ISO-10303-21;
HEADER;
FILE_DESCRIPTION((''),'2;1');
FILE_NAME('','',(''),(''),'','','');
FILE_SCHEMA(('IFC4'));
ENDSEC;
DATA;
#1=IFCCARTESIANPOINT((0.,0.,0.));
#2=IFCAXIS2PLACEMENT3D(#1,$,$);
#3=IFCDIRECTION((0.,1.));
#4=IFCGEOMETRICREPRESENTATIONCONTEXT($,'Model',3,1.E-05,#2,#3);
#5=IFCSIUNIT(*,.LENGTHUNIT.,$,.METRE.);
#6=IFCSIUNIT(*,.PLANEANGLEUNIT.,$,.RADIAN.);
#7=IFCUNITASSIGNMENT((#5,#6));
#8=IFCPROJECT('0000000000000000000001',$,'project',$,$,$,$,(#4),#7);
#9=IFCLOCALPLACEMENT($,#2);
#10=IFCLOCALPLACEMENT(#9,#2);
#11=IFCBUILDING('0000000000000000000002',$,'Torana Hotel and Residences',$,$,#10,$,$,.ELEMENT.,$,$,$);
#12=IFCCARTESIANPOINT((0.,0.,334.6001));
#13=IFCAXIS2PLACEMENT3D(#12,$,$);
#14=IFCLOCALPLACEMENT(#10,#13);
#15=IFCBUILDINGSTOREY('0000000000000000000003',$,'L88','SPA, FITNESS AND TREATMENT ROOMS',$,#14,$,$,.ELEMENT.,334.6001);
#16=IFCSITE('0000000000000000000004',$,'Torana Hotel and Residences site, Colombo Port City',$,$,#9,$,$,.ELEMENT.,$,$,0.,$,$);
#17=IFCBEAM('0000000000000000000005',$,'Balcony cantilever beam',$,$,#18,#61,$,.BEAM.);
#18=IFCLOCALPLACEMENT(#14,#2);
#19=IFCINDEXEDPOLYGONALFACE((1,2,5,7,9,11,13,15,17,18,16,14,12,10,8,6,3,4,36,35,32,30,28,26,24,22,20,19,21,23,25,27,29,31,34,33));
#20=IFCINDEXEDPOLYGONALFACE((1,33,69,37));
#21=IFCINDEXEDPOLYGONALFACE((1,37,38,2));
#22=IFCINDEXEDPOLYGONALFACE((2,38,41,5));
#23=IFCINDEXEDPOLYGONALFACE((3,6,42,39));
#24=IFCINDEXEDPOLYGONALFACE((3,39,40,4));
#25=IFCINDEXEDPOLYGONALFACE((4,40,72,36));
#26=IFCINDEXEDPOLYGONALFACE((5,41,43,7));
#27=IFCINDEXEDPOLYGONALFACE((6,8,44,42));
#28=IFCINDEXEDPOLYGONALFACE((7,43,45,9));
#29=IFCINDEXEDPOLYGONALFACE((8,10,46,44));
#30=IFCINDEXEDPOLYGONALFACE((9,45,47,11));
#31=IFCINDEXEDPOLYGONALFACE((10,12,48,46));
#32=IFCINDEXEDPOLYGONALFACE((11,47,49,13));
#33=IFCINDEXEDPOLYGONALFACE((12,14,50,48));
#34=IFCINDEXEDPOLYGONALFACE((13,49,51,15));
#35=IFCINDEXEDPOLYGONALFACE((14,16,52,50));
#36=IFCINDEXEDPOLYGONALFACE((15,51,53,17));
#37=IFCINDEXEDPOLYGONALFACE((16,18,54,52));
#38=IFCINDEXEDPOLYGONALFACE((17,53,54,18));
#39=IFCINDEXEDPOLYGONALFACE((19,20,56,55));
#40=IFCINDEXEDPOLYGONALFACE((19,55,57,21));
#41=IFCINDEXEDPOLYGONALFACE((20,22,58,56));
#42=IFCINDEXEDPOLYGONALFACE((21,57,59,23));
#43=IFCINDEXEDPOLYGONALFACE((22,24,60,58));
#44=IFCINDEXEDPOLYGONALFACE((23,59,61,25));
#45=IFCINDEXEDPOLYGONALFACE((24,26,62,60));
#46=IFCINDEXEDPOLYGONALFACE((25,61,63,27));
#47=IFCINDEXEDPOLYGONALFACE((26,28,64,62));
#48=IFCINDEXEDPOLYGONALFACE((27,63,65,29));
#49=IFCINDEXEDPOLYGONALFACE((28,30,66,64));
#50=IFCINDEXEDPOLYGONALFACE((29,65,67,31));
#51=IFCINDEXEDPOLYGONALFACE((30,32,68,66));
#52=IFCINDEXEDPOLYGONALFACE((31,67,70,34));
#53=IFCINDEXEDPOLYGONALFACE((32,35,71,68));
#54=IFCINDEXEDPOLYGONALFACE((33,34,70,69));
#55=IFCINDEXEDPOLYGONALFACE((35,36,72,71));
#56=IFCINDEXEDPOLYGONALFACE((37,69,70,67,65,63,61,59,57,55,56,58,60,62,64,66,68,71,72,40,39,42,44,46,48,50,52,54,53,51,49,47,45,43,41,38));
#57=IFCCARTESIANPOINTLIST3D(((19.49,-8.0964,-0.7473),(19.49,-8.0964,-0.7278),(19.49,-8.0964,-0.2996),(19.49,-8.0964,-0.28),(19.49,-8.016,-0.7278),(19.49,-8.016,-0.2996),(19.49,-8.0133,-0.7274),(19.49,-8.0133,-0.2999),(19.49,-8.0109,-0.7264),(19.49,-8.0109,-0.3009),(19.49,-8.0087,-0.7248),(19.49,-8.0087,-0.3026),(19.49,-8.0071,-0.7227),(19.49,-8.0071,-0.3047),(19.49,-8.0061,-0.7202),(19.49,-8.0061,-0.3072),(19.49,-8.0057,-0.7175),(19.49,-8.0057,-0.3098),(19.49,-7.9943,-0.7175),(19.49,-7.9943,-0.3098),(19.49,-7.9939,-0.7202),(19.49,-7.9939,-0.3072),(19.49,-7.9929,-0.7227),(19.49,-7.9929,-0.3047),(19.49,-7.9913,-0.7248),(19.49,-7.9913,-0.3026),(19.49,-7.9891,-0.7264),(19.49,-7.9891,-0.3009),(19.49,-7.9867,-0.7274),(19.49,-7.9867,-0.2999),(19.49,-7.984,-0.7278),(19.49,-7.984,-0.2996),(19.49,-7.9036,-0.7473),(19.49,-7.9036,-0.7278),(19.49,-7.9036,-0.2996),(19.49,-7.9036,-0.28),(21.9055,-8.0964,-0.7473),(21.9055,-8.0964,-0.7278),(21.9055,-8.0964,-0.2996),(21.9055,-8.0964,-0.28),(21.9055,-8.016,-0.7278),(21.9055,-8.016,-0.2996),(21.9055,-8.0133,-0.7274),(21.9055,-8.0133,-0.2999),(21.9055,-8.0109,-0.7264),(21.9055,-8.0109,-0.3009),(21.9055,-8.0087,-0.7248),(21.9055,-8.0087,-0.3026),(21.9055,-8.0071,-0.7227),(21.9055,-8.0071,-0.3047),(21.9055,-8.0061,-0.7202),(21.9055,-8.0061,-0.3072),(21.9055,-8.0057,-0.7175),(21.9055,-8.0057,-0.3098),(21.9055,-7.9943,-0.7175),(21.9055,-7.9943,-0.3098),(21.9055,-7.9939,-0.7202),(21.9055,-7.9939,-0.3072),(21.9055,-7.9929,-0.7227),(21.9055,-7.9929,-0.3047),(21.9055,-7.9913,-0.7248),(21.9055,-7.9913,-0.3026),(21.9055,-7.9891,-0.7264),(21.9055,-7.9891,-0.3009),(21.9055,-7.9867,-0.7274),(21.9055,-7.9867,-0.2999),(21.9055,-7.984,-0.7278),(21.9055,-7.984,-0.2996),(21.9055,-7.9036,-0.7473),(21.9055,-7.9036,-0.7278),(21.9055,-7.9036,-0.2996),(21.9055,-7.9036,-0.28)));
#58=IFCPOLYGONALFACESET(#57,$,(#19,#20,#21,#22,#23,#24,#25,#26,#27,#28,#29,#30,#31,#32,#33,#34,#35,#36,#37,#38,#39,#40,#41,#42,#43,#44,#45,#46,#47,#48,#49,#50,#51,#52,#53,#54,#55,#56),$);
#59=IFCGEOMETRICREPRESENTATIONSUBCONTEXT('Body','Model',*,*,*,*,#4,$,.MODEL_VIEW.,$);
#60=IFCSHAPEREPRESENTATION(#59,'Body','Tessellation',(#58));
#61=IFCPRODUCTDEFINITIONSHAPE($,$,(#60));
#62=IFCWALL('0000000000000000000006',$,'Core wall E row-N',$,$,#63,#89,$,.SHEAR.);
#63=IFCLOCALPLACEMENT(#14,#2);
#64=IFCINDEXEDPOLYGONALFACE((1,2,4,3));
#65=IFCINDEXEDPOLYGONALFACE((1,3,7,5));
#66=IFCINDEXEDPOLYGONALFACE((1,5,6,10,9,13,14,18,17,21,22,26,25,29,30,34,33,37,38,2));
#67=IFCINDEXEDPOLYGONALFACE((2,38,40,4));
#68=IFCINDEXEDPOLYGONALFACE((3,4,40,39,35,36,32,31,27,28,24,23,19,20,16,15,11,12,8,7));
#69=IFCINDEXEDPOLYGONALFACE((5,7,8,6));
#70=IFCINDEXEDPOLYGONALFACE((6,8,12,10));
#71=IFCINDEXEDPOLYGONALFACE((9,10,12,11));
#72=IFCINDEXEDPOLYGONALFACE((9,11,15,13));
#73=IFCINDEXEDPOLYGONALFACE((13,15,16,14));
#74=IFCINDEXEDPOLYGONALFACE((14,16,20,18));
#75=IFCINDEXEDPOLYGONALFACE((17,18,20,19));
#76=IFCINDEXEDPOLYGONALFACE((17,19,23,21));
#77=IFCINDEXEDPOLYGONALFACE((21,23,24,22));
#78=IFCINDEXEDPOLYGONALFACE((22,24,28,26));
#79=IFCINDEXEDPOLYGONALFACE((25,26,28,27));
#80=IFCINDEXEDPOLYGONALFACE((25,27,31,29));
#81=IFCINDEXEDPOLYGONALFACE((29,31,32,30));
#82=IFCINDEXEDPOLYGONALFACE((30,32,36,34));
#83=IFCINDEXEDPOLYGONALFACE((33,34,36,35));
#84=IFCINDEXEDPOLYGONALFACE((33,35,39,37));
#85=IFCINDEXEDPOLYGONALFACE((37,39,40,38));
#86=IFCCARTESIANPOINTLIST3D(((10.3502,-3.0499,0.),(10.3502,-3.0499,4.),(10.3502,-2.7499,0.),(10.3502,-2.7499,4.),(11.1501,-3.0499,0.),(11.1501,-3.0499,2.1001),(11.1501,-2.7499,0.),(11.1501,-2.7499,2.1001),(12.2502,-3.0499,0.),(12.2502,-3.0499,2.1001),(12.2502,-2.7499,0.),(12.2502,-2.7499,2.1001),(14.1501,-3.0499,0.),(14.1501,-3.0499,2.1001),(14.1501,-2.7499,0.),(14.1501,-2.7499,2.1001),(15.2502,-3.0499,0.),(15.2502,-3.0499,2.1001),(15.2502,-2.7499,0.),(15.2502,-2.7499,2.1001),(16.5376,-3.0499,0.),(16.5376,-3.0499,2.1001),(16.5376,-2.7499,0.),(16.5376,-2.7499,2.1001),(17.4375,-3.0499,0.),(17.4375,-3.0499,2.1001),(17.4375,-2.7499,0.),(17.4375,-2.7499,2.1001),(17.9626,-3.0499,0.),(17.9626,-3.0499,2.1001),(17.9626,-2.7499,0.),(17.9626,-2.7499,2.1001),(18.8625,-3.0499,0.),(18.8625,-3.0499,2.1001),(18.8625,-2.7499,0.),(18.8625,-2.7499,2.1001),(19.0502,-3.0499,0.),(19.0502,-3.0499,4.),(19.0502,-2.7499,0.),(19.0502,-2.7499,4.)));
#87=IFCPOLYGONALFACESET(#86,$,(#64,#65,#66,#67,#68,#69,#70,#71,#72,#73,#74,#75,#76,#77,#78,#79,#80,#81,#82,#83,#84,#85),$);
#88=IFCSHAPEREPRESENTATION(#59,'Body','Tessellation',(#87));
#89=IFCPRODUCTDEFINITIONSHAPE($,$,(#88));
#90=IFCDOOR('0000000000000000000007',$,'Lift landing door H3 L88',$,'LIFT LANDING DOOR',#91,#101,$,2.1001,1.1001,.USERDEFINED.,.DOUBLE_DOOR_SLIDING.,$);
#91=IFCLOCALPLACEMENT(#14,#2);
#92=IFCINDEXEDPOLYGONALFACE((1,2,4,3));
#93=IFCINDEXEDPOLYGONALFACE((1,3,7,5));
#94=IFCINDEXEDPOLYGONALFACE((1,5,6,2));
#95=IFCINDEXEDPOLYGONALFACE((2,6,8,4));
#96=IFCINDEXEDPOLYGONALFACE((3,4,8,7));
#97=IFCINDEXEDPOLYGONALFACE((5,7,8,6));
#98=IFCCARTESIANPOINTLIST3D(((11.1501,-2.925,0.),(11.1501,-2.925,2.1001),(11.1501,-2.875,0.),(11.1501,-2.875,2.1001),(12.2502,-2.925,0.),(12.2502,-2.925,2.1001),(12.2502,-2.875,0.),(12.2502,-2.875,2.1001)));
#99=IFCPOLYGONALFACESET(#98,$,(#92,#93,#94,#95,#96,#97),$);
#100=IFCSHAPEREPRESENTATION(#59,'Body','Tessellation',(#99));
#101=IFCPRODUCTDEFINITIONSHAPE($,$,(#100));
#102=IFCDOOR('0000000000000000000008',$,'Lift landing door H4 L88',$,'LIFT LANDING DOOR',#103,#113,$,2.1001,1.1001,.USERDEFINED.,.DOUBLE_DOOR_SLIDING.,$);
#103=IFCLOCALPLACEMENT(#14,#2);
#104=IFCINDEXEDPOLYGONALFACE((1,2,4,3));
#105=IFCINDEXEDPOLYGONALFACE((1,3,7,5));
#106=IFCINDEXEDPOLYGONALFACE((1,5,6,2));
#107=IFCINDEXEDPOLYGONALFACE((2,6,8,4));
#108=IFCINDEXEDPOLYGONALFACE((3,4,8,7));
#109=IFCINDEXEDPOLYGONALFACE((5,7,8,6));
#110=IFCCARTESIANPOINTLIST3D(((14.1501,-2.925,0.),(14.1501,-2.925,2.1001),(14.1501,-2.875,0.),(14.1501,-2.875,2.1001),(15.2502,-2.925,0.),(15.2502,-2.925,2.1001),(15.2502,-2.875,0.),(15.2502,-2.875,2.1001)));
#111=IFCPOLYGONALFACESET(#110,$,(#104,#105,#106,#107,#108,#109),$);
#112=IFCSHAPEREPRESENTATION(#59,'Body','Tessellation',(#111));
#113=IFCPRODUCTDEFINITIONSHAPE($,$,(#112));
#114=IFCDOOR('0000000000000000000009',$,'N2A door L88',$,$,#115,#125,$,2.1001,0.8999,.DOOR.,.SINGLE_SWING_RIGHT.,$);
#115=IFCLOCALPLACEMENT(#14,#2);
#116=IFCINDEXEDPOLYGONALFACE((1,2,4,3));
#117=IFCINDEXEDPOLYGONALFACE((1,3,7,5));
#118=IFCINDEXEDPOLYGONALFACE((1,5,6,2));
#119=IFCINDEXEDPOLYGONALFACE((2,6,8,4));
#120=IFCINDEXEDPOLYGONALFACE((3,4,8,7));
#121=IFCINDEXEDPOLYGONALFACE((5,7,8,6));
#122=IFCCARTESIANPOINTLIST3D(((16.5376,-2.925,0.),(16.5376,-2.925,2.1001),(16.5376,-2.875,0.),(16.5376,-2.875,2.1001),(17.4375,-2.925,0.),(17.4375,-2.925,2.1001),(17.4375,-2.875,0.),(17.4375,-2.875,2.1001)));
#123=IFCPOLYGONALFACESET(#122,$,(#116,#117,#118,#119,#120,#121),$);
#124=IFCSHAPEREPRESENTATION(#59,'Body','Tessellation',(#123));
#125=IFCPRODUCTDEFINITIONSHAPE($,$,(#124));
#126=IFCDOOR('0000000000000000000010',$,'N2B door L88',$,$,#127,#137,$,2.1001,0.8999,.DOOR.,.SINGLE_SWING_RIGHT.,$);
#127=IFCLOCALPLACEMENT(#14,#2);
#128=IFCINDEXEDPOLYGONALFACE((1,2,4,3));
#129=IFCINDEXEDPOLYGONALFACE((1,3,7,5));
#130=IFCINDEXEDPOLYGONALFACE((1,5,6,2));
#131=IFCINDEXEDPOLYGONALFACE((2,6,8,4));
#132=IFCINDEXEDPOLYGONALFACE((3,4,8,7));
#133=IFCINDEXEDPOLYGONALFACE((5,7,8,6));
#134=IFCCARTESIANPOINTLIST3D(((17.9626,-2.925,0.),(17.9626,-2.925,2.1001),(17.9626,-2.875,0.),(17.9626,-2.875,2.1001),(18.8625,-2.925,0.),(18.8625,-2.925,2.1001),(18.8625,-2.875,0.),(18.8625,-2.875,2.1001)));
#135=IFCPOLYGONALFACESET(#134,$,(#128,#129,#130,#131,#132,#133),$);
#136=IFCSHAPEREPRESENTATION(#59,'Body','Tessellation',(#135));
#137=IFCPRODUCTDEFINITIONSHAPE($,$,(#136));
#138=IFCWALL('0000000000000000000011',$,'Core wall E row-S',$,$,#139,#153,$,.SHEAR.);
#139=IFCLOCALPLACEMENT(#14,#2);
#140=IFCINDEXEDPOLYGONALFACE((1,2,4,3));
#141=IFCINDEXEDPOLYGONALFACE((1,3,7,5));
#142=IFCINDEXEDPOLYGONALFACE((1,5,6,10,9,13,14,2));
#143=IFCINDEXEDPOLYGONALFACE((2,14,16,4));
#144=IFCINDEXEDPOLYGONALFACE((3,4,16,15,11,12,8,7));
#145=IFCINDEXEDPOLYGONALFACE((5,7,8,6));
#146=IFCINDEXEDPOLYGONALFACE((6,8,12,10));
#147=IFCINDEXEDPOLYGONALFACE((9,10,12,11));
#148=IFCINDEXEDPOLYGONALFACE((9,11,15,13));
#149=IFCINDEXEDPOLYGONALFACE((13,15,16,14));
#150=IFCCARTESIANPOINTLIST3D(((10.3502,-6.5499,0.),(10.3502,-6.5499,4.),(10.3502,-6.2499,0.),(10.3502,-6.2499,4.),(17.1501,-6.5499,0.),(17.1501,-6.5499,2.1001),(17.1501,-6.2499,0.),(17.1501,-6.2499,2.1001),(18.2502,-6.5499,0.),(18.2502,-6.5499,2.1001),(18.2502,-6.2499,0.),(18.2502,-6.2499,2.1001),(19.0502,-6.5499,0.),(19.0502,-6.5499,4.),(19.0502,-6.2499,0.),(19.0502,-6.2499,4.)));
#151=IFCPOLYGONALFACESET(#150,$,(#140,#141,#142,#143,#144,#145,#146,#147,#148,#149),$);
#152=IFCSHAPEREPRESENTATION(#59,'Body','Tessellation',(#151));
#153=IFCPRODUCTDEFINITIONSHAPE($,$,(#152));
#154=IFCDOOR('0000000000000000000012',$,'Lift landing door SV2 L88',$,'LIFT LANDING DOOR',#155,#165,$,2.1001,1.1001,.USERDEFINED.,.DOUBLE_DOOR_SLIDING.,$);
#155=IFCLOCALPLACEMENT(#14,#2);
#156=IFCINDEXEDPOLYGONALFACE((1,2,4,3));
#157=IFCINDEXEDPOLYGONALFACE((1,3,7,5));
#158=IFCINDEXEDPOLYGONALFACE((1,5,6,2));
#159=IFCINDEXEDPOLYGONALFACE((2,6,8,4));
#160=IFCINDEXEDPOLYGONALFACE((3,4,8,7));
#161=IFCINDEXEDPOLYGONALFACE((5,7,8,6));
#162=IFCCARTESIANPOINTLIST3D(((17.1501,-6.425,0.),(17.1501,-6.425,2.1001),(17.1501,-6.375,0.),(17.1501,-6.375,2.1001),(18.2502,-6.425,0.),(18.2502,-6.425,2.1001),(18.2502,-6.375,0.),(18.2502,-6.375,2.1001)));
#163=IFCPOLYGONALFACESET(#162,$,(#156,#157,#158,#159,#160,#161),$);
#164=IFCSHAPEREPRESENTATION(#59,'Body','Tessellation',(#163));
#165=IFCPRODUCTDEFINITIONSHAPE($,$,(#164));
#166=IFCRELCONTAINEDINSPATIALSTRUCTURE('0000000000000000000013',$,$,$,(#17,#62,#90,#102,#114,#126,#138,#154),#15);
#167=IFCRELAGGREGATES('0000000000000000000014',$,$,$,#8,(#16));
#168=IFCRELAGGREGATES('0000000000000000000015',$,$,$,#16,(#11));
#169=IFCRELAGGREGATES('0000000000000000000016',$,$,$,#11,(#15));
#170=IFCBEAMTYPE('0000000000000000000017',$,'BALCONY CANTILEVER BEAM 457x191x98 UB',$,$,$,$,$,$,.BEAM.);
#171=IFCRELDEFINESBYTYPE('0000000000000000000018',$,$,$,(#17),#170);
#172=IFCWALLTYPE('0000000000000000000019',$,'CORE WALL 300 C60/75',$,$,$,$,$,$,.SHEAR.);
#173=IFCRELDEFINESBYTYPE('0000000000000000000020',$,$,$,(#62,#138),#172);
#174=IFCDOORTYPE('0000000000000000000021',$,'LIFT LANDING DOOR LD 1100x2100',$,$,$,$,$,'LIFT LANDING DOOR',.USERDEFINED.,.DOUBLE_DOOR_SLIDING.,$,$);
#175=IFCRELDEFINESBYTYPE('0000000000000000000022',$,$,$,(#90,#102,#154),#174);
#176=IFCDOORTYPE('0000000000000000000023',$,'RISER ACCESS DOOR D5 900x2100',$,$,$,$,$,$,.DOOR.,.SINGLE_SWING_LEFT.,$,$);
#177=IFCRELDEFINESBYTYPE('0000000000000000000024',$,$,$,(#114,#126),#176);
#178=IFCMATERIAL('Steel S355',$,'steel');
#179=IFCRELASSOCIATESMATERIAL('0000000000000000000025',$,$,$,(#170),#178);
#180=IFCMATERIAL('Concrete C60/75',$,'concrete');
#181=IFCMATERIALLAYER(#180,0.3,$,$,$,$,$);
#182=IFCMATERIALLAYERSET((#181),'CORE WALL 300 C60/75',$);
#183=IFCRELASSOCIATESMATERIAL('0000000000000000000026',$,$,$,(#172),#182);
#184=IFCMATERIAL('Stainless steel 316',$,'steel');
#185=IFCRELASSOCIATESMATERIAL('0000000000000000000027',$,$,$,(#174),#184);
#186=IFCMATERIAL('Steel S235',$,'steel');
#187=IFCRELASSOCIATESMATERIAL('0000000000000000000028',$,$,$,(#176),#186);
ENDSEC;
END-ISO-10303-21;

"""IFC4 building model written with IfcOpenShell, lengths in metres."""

from ifc_helpers import new_model, si_unit, direction, frame, frame_2d, origin, origin_2d, place, context, subcontext, project, spatial, rectangle, i_section, extrude, material, layer, layer_set, material_profile, profile_set, type_object, element, fill, save


model = new_model("IFC4")

# Units and contexts
model_context = context("Model", 3, precision=1e-05, world=origin(), true_north=direction((0.0, 1.0)))
body_context = subcontext(model_context, "Body", "Model", "MODEL_VIEW")
ifc_project = project(units=[si_unit("LENGTHUNIT", "METRE"), si_unit("PLANEANGLEUNIT", "RADIAN")], contexts=[model_context])

# Site, building, storey
site_placement = place(None, origin())
site = spatial("IfcSite", under=ifc_project, at=site_placement, Name="Torana Hotel and Residences site, Colombo Port City", CompositionType="ELEMENT", RefElevation=0.0)
building_placement = place(site_placement, origin())
building = spatial("IfcBuilding", under=site, at=building_placement, Name="Torana Hotel and Residences", CompositionType="ELEMENT")
storey_placement = place(building_placement, frame((0.0, 0.0, 334.6001)))
storey = spatial("IfcBuildingStorey", under=building, at=storey_placement, Name="L88", Description="SPA, FITNESS AND TREATMENT ROOMS", CompositionType="ELEMENT", Elevation=334.6001)

# Beam
ifc_material_1 = material(Name="Steel S355", Category="steel")
ifc_material_profile = material_profile(ifc_material_1, i_section(OverallWidth=0.1929, OverallDepth=0.4673, WebThickness=0.0115, FlangeThickness=0.0195, FilletRadius=0.0103, at=origin_2d()), Name="457x191x98 UB")
ifc_profile_set = profile_set([ifc_material_profile], Name="Steel S355")
beam_type = type_object("IfcBeamType", Name="BALCONY CANTILEVER BEAM 457x191x98 UB", PredefinedType="BEAM", material=ifc_profile_set)
beam_placement = place(storey_placement, frame((19.49, -8.0, -0.5137), z_axis=(1.0, 0.0, 0.0), x_axis=(0.0, 1.0, 0.0)))
element("IfcBeam", 1, at=beam_placement, inside=storey, type_object=beam_type, Name="Balcony cantilever beam", PredefinedType="BEAM", context=body_context, shape_type="SweptSolid", body=[
    extrude(i_section(OverallWidth=0.1929, OverallDepth=0.4673, WebThickness=0.0115, FlangeThickness=0.0195, FilletRadius=0.0103, at=origin_2d()), origin(), (0.0, 0.0, 1.0), 2.4155),
])

# Wall, openings, doors
ifc_material_2 = material(Name="Concrete C60/75", Category="concrete")
ifc_layer_1 = layer(ifc_material_2, 0.3)
ifc_layer_set_1 = layer_set([ifc_layer_1], Name="CORE WALL 300 C60/75")
wall_type_1 = type_object("IfcWallType", Name="CORE WALL 300 C60/75", PredefinedType="SHEAR", material=ifc_layer_set_1)
wall_1_placement = place(storey_placement, frame((10.3501, -2.8999, 0.0), z_axis=(0.0, 0.0, 1.0), x_axis=(1.0, 0.0, 0.0)))
wall_1 = element("IfcWall", 2, at=wall_1_placement, inside=storey, type_object=wall_type_1, Name="Core wall E row-N", PredefinedType="SHEAR", context=body_context, shape_type="SweptSolid", body=[
    extrude(rectangle(XDim=8.7, YDim=0.3, at=frame_2d((4.3501, 0.0))), origin(), (0.0, 0.0, 1.0), 4.0),
])
opening_1_placement = place(wall_1_placement, frame((0.8, 0.0, 0.0)))
opening_1 = element("IfcOpeningElement", 3, at=opening_1_placement, cuts=wall_1, PredefinedType="OPENING", context=body_context, shape_type="SweptSolid", body=[
    extrude(rectangle(XDim=1.1001, YDim=2.1001, at=frame_2d((0.55, 1.05))), frame((0.0, 0.1599, 0.0), z_axis=(0.0, -1.0, 0.0), x_axis=(1.0, 0.0, 0.0)), (0.0, 0.0, 1.0), 0.3201),
])
opening_2_placement = place(wall_1_placement, frame((3.8, 0.0, 0.0)))
opening_2 = element("IfcOpeningElement", 4, at=opening_2_placement, cuts=wall_1, PredefinedType="OPENING", context=body_context, shape_type="SweptSolid", body=[
    extrude(rectangle(XDim=1.1001, YDim=2.1001, at=frame_2d((0.55, 1.05))), frame((0.0, 0.1599, 0.0), z_axis=(0.0, -1.0, 0.0), x_axis=(1.0, 0.0, 0.0)), (0.0, 0.0, 1.0), 0.3201),
])
opening_3_placement = place(wall_1_placement, frame((6.1875, 0.0, 0.0)))
opening_3 = element("IfcOpeningElement", 5, at=opening_3_placement, cuts=wall_1, PredefinedType="OPENING", context=body_context, shape_type="SweptSolid", body=[
    extrude(rectangle(XDim=0.8999, YDim=2.1001, at=frame_2d((0.45, 1.05))), frame((0.0, 0.1599, 0.0), z_axis=(0.0, -1.0, 0.0), x_axis=(1.0, 0.0, 0.0)), (0.0, 0.0, 1.0), 0.3201),
])
opening_4_placement = place(wall_1_placement, frame((7.6125, 0.0, 0.0)))
opening_4 = element("IfcOpeningElement", 6, at=opening_4_placement, cuts=wall_1, PredefinedType="OPENING", context=body_context, shape_type="SweptSolid", body=[
    extrude(rectangle(XDim=0.8999, YDim=2.1001, at=frame_2d((0.45, 1.05))), frame((0.0, 0.1599, 0.0), z_axis=(0.0, -1.0, 0.0), x_axis=(1.0, 0.0, 0.0)), (0.0, 0.0, 1.0), 0.3201),
])
ifc_material_3 = material(Name="Stainless steel 316", Category="steel")
door_type_1 = type_object("IfcDoorType", Name="LIFT LANDING DOOR LD 1100x2100", ElementType="LIFT LANDING DOOR", OperationType="DOUBLE_DOOR_SLIDING", PredefinedType="USERDEFINED", material=ifc_material_3)
door_1_placement = place(opening_1_placement, origin())
door_1 = element("IfcDoor", 7, at=door_1_placement, inside=storey, type_object=door_type_1, Name="Lift landing door H3 L88", ObjectType="LIFT LANDING DOOR", OperationType="DOUBLE_DOOR_SLIDING", OverallHeight=2.1001, OverallWidth=1.1001, PredefinedType="USERDEFINED", context=body_context, shape_type="SweptSolid", body=[
    extrude(rectangle(XDim=1.1001, YDim=2.1001, at=frame_2d((0.55, 1.05))), frame((0.0, 0.0249, 0.0), z_axis=(0.0, -1.0, 0.0), x_axis=(1.0, 0.0, 0.0)), (0.0, 0.0, 1.0), 0.05),
])
fill(opening_1, door_1)
door_2_placement = place(opening_2_placement, origin())
door_2 = element("IfcDoor", 8, at=door_2_placement, inside=storey, type_object=door_type_1, Name="Lift landing door H4 L88", ObjectType="LIFT LANDING DOOR", OperationType="DOUBLE_DOOR_SLIDING", OverallHeight=2.1001, OverallWidth=1.1001, PredefinedType="USERDEFINED", context=body_context, shape_type="SweptSolid", body=[
    extrude(rectangle(XDim=1.1001, YDim=2.1001, at=frame_2d((0.55, 1.05))), frame((0.0, 0.0249, 0.0), z_axis=(0.0, -1.0, 0.0), x_axis=(1.0, 0.0, 0.0)), (0.0, 0.0, 1.0), 0.05),
])
fill(opening_2, door_2)
ifc_material_4 = material(Name="Steel S235", Category="steel")
door_type_2 = type_object("IfcDoorType", Name="RISER ACCESS DOOR D5 900x2100", OperationType="SINGLE_SWING_LEFT", PredefinedType="DOOR", material=ifc_material_4)
door_3_placement = place(opening_3_placement, origin())
door_3 = element("IfcDoor", 9, at=door_3_placement, inside=storey, type_object=door_type_2, Name="N2A door L88", OperationType="SINGLE_SWING_RIGHT", OverallHeight=2.1001, OverallWidth=0.8999, PredefinedType="DOOR", context=body_context, shape_type="SweptSolid", body=[
    extrude(rectangle(XDim=0.8999, YDim=2.1001, at=frame_2d((0.45, 1.05))), frame((0.0, 0.0249, 0.0), z_axis=(0.0, -1.0, 0.0), x_axis=(1.0, 0.0, 0.0)), (0.0, 0.0, 1.0), 0.05),
])
fill(opening_3, door_3)
door_4_placement = place(opening_4_placement, origin())
door_4 = element("IfcDoor", 10, at=door_4_placement, inside=storey, type_object=door_type_2, Name="N2B door L88", OperationType="SINGLE_SWING_RIGHT", OverallHeight=2.1001, OverallWidth=0.8999, PredefinedType="DOOR", context=body_context, shape_type="SweptSolid", body=[
    extrude(rectangle(XDim=0.8999, YDim=2.1001, at=frame_2d((0.45, 1.05))), frame((0.0, 0.0249, 0.0), z_axis=(0.0, -1.0, 0.0), x_axis=(1.0, 0.0, 0.0)), (0.0, 0.0, 1.0), 0.05),
])
fill(opening_4, door_4)

# Wall, opening, door
wall_2_placement = place(storey_placement, frame((10.3501, -6.3999, 0.0), z_axis=(0.0, 0.0, 1.0), x_axis=(1.0, 0.0, 0.0)))
wall_2 = element("IfcWall", 11, at=wall_2_placement, inside=storey, type_object=wall_type_1, Name="Core wall E row-S", PredefinedType="SHEAR", context=body_context, shape_type="SweptSolid", body=[
    extrude(rectangle(XDim=8.7, YDim=0.3, at=frame_2d((4.3501, 0.0))), origin(), (0.0, 0.0, 1.0), 4.0),
])
opening_5_placement = place(wall_2_placement, frame((6.8, 0.0, 0.0)))
opening_5 = element("IfcOpeningElement", 12, at=opening_5_placement, cuts=wall_2, PredefinedType="OPENING", context=body_context, shape_type="SweptSolid", body=[
    extrude(rectangle(XDim=1.1001, YDim=2.1001, at=frame_2d((0.55, 1.05))), frame((0.0, 0.1599, 0.0), z_axis=(0.0, -1.0, 0.0), x_axis=(1.0, 0.0, 0.0)), (0.0, 0.0, 1.0), 0.3201),
])
door_5_placement = place(opening_5_placement, origin())
door_5 = element("IfcDoor", 13, at=door_5_placement, inside=storey, type_object=door_type_1, Name="Lift landing door SV2 L88", ObjectType="LIFT LANDING DOOR", OperationType="DOUBLE_DOOR_SLIDING", OverallHeight=2.1001, OverallWidth=1.1001, PredefinedType="USERDEFINED", context=body_context, shape_type="SweptSolid", body=[
    extrude(rectangle(XDim=1.1001, YDim=2.1001, at=frame_2d((0.55, 1.05))), frame((0.0, 0.0249, 0.0), z_axis=(0.0, -1.0, 0.0), x_axis=(1.0, 0.0, 0.0)), (0.0, 0.0, 1.0), 0.05),
])
fill(opening_5, door_5)

save(model, "model.ifc")
